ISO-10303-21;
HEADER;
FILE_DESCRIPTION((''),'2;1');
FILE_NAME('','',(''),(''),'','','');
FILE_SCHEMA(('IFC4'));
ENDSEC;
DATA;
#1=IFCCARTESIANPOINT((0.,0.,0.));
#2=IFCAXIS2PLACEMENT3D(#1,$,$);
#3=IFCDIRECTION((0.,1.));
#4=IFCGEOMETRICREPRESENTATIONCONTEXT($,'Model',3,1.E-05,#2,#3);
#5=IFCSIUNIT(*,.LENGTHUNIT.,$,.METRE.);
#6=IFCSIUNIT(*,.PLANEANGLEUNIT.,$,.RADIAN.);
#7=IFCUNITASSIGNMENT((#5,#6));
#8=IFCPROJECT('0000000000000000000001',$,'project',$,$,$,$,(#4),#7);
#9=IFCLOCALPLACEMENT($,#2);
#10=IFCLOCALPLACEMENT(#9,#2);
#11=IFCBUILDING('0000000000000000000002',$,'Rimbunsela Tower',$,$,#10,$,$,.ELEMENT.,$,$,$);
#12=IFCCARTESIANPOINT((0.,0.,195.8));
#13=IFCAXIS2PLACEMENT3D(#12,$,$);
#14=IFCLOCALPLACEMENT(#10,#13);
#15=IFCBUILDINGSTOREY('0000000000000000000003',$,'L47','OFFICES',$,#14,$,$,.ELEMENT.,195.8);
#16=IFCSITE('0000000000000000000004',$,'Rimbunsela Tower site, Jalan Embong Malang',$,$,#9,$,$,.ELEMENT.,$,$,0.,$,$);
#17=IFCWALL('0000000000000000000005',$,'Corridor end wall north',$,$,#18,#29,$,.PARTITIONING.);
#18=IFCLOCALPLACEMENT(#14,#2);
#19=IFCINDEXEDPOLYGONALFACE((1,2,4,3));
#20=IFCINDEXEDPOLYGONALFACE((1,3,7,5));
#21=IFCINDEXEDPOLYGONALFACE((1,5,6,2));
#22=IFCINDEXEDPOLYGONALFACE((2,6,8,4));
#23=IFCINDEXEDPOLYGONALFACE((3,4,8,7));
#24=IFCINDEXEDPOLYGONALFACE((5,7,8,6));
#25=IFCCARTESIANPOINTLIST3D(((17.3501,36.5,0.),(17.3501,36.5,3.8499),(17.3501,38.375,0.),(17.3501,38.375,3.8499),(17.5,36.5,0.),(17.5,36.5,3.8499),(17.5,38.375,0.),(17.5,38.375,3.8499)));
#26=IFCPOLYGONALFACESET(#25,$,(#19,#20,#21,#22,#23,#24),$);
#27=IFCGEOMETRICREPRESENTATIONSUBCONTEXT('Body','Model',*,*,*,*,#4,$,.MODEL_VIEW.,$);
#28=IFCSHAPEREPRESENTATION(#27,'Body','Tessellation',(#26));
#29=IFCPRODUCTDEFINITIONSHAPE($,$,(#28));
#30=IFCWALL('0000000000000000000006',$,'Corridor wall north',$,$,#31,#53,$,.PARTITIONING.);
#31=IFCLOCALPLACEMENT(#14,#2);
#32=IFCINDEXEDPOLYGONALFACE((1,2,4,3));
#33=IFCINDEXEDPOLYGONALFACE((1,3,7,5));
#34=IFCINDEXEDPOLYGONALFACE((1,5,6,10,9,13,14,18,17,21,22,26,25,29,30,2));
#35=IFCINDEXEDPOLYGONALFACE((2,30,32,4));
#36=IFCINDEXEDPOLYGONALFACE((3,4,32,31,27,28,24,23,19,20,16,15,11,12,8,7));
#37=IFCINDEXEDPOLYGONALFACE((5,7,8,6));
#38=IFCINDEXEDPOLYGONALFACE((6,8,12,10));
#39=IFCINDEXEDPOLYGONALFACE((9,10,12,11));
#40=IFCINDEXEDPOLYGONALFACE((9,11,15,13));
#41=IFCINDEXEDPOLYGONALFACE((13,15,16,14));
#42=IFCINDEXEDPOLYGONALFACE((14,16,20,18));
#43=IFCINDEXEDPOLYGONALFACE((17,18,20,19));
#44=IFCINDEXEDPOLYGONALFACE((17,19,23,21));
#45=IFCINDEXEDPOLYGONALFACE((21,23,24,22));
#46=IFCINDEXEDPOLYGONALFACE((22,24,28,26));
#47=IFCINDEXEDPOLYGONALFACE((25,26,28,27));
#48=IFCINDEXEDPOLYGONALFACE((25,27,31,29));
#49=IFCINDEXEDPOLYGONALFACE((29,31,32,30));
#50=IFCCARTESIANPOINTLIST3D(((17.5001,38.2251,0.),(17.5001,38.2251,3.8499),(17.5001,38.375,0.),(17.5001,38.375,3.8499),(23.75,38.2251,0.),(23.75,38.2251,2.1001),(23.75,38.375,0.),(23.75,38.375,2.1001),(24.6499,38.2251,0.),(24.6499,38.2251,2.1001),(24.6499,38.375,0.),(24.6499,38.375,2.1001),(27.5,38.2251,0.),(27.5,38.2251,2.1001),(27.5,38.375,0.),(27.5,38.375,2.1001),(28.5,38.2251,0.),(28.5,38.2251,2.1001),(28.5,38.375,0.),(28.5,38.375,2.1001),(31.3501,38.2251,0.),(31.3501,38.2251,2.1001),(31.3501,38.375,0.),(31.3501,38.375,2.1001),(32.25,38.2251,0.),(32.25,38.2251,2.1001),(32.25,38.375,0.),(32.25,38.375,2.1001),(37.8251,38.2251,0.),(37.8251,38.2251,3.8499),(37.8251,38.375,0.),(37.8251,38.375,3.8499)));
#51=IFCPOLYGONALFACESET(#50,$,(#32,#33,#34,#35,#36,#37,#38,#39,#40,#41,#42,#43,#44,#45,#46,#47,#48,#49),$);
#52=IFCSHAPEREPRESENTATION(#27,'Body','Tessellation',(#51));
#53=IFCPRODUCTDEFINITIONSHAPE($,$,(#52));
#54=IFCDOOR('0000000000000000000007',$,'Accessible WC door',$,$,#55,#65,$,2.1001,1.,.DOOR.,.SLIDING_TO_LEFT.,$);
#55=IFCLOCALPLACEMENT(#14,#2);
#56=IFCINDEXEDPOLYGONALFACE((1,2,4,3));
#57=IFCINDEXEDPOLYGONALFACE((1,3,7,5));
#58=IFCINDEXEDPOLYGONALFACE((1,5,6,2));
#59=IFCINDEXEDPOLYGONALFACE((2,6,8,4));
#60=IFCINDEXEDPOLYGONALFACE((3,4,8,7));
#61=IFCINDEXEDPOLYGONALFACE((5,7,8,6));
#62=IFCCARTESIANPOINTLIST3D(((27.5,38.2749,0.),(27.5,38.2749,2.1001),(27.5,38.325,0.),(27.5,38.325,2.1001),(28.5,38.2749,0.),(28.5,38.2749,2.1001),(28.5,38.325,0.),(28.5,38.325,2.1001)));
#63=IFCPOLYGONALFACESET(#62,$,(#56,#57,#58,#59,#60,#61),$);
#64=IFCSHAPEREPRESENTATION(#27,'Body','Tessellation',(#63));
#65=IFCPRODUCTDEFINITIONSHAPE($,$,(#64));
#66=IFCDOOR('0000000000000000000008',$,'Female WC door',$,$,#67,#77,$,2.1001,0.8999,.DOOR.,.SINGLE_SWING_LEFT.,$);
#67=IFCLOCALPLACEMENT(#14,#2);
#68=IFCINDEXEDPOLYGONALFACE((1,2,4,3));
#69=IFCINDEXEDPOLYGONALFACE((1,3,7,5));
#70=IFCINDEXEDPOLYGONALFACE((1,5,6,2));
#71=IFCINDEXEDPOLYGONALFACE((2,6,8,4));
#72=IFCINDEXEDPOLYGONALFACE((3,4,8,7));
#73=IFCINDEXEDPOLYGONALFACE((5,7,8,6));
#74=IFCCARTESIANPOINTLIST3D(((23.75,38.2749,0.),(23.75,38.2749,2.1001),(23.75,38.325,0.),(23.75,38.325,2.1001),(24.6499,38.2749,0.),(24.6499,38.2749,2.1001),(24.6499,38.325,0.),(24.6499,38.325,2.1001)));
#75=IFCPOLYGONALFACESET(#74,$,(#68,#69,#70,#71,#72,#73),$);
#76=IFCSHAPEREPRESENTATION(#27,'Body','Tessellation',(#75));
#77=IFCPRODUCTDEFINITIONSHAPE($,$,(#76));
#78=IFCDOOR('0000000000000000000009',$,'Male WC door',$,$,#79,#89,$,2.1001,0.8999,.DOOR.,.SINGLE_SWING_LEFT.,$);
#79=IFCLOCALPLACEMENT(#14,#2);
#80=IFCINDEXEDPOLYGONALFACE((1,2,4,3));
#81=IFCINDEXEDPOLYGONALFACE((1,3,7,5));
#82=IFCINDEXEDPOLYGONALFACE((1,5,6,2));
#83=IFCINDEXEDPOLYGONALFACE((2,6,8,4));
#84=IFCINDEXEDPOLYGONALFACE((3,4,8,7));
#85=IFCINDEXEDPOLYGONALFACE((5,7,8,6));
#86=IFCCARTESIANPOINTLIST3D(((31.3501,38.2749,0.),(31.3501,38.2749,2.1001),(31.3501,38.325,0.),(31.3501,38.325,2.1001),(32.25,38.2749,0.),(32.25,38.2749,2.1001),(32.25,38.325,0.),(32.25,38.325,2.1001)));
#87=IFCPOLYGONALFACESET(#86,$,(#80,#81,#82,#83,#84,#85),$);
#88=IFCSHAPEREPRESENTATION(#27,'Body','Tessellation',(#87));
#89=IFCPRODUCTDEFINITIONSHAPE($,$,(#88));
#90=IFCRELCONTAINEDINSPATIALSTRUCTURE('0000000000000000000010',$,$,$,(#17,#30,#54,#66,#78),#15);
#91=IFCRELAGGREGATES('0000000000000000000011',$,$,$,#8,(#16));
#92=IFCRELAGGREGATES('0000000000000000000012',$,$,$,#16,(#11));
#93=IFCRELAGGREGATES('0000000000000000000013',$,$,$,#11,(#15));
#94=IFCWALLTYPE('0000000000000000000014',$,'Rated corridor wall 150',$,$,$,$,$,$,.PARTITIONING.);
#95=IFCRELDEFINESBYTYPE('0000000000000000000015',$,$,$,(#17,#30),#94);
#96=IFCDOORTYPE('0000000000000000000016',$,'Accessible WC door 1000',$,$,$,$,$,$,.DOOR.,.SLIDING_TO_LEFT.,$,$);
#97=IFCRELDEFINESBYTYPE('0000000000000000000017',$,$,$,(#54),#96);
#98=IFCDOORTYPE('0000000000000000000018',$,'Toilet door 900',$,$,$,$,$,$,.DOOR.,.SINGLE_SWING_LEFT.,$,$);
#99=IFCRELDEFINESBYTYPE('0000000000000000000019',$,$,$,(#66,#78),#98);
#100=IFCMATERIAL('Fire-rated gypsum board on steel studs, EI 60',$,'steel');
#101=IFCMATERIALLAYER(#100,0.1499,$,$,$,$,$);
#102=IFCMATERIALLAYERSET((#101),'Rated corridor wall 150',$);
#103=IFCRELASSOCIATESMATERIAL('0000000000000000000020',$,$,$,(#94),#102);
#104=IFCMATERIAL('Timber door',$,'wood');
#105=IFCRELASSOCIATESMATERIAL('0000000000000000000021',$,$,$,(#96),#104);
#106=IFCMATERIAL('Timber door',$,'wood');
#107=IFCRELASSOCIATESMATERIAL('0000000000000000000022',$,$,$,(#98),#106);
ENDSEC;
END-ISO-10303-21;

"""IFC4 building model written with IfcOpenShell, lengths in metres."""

from ifc_helpers import new_model, si_unit, direction, frame, frame_2d, origin, place, context, subcontext, project, spatial, rectangle, extrude, material, layer, layer_set, type_object, element, fill, save


model = new_model("IFC4")

# Units and contexts
model_context = context("Model", 3, precision=1e-05, world=origin(), true_north=direction((0.0, 1.0)))
body_context = subcontext(model_context, "Body", "Model", "MODEL_VIEW")
ifc_project = project(units=[si_unit("LENGTHUNIT", "METRE"), si_unit("PLANEANGLEUNIT", "RADIAN")], contexts=[model_context])

# Site, building, storey
site_placement = place(None, origin())
site = spatial("IfcSite", under=ifc_project, at=site_placement, Name="Rimbunsela Tower site, Jalan Embong Malang", CompositionType="ELEMENT", RefElevation=0.0)
building_placement = place(site_placement, origin())
building = spatial("IfcBuilding", under=site, at=building_placement, Name="Rimbunsela Tower", CompositionType="ELEMENT")
storey_placement = place(building_placement, frame((0.0, 0.0, 195.8)))
storey = spatial("IfcBuildingStorey", under=building, at=storey_placement, Name="L47", Description="OFFICES", CompositionType="ELEMENT", Elevation=195.8)

# Wall
ifc_material_1 = material(Name="Fire-rated gypsum board on steel studs, EI 60", Category="steel")
ifc_layer_1 = layer(ifc_material_1, 0.1499)
ifc_layer_set_1 = layer_set([ifc_layer_1], Name="Rated corridor wall 150")
wall_type_1 = type_object("IfcWallType", Name="Rated corridor wall 150", PredefinedType="PARTITIONING", material=ifc_layer_set_1)
wall_1_placement = place(storey_placement, frame((17.425, 36.5, 0.0), z_axis=(0.0, 0.0, 1.0), x_axis=(0.0, 1.0, 0.0)))
element("IfcWall", 1, at=wall_1_placement, inside=storey, type_object=wall_type_1, Name="Corridor end wall north", PredefinedType="PARTITIONING", context=body_context, shape_type="SweptSolid", body=[
    extrude(rectangle(XDim=1.875, YDim=0.1499, at=frame_2d((0.9375, 0.0))), origin(), (0.0, 0.0, 1.0), 3.8499),
])

# Wall, openings, doors
wall_2_placement = place(storey_placement, frame((17.5, 38.3, 0.0), z_axis=(0.0, 0.0, 1.0), x_axis=(1.0, 0.0, 0.0)))
wall_2 = element("IfcWall", 2, at=wall_2_placement, inside=storey, type_object=wall_type_1, Name="Corridor wall north", PredefinedType="PARTITIONING", context=body_context, shape_type="SweptSolid", body=[
    extrude(rectangle(XDim=20.325, YDim=0.1499, at=frame_2d((10.1626, 0.0))), origin(), (0.0, 0.0, 1.0), 3.8499),
])
opening_1_placement = place(wall_2_placement, frame((6.25, 0.0, 0.0)))
opening_1 = element("IfcOpeningElement", 3, at=opening_1_placement, cuts=wall_2, PredefinedType="OPENING", context=body_context, shape_type="SweptSolid", body=[
    extrude(rectangle(XDim=0.8999, YDim=2.1001, at=frame_2d((0.45, 1.05))), frame((0.0, 0.085, 0.0), z_axis=(0.0, -1.0, 0.0), x_axis=(1.0, 0.0, 0.0)), (0.0, 0.0, 1.0), 0.1699),
])
opening_2_placement = place(wall_2_placement, frame((10.0, 0.0, 0.0)))
opening_2 = element("IfcOpeningElement", 4, at=opening_2_placement, cuts=wall_2, PredefinedType="OPENING", context=body_context, shape_type="SweptSolid", body=[
    extrude(rectangle(XDim=1.0, YDim=2.1001, at=frame_2d((0.5, 1.05))), frame((0.0, 0.085, 0.0), z_axis=(0.0, -1.0, 0.0), x_axis=(1.0, 0.0, 0.0)), (0.0, 0.0, 1.0), 0.1699),
])
opening_3_placement = place(wall_2_placement, frame((13.8501, 0.0, 0.0)))
opening_3 = element("IfcOpeningElement", 5, at=opening_3_placement, cuts=wall_2, PredefinedType="OPENING", context=body_context, shape_type="SweptSolid", body=[
    extrude(rectangle(XDim=0.8999, YDim=2.1001, at=frame_2d((0.45, 1.05))), frame((0.0, 0.085, 0.0), z_axis=(0.0, -1.0, 0.0), x_axis=(1.0, 0.0, 0.0)), (0.0, 0.0, 1.0), 0.1699),
])
ifc_material_2 = material(Name="Timber door", Category="wood")
door_type_1 = type_object("IfcDoorType", Name="Accessible WC door 1000", OperationType="SLIDING_TO_LEFT", PredefinedType="DOOR", material=ifc_material_2)
door_1_placement = place(opening_2_placement, origin())
door_1 = element("IfcDoor", 6, at=door_1_placement, inside=storey, type_object=door_type_1, Name="Accessible WC door", OperationType="SLIDING_TO_LEFT", OverallHeight=2.1001, OverallWidth=1.0, PredefinedType="DOOR", context=body_context, shape_type="SweptSolid", body=[
    extrude(rectangle(XDim=1.0, YDim=2.1001, at=frame_2d((0.5, 1.05))), frame((0.0, 0.0249, 0.0), z_axis=(0.0, -1.0, 0.0), x_axis=(1.0, 0.0, 0.0)), (0.0, 0.0, 1.0), 0.05),
])
fill(opening_2, door_1)
ifc_material_3 = material(Name="Timber door", Category="wood")
door_type_2 = type_object("IfcDoorType", Name="Toilet door 900", OperationType="SINGLE_SWING_LEFT", PredefinedType="DOOR", material=ifc_material_3)
door_2_placement = place(opening_1_placement, origin())
door_2 = element("IfcDoor", 7, at=door_2_placement, inside=storey, type_object=door_type_2, Name="Female WC door", OperationType="SINGLE_SWING_LEFT", OverallHeight=2.1001, OverallWidth=0.8999, PredefinedType="DOOR", context=body_context, shape_type="SweptSolid", body=[
    extrude(rectangle(XDim=0.8999, YDim=2.1001, at=frame_2d((0.45, 1.05))), frame((0.0, 0.0249, 0.0), z_axis=(0.0, -1.0, 0.0), x_axis=(1.0, 0.0, 0.0)), (0.0, 0.0, 1.0), 0.05),
])
fill(opening_1, door_2)
door_3_placement = place(opening_3_placement, origin())
door_3 = element("IfcDoor", 8, at=door_3_placement, inside=storey, type_object=door_type_2, Name="Male WC door", OperationType="SINGLE_SWING_LEFT", OverallHeight=2.1001, OverallWidth=0.8999, PredefinedType="DOOR", context=body_context, shape_type="SweptSolid", body=[
    extrude(rectangle(XDim=0.8999, YDim=2.1001, at=frame_2d((0.45, 1.05))), frame((0.0, 0.0249, 0.0), z_axis=(0.0, -1.0, 0.0), x_axis=(1.0, 0.0, 0.0)), (0.0, 0.0, 1.0), 0.05),
])
fill(opening_3, door_3)

save(model, "model.ifc")
